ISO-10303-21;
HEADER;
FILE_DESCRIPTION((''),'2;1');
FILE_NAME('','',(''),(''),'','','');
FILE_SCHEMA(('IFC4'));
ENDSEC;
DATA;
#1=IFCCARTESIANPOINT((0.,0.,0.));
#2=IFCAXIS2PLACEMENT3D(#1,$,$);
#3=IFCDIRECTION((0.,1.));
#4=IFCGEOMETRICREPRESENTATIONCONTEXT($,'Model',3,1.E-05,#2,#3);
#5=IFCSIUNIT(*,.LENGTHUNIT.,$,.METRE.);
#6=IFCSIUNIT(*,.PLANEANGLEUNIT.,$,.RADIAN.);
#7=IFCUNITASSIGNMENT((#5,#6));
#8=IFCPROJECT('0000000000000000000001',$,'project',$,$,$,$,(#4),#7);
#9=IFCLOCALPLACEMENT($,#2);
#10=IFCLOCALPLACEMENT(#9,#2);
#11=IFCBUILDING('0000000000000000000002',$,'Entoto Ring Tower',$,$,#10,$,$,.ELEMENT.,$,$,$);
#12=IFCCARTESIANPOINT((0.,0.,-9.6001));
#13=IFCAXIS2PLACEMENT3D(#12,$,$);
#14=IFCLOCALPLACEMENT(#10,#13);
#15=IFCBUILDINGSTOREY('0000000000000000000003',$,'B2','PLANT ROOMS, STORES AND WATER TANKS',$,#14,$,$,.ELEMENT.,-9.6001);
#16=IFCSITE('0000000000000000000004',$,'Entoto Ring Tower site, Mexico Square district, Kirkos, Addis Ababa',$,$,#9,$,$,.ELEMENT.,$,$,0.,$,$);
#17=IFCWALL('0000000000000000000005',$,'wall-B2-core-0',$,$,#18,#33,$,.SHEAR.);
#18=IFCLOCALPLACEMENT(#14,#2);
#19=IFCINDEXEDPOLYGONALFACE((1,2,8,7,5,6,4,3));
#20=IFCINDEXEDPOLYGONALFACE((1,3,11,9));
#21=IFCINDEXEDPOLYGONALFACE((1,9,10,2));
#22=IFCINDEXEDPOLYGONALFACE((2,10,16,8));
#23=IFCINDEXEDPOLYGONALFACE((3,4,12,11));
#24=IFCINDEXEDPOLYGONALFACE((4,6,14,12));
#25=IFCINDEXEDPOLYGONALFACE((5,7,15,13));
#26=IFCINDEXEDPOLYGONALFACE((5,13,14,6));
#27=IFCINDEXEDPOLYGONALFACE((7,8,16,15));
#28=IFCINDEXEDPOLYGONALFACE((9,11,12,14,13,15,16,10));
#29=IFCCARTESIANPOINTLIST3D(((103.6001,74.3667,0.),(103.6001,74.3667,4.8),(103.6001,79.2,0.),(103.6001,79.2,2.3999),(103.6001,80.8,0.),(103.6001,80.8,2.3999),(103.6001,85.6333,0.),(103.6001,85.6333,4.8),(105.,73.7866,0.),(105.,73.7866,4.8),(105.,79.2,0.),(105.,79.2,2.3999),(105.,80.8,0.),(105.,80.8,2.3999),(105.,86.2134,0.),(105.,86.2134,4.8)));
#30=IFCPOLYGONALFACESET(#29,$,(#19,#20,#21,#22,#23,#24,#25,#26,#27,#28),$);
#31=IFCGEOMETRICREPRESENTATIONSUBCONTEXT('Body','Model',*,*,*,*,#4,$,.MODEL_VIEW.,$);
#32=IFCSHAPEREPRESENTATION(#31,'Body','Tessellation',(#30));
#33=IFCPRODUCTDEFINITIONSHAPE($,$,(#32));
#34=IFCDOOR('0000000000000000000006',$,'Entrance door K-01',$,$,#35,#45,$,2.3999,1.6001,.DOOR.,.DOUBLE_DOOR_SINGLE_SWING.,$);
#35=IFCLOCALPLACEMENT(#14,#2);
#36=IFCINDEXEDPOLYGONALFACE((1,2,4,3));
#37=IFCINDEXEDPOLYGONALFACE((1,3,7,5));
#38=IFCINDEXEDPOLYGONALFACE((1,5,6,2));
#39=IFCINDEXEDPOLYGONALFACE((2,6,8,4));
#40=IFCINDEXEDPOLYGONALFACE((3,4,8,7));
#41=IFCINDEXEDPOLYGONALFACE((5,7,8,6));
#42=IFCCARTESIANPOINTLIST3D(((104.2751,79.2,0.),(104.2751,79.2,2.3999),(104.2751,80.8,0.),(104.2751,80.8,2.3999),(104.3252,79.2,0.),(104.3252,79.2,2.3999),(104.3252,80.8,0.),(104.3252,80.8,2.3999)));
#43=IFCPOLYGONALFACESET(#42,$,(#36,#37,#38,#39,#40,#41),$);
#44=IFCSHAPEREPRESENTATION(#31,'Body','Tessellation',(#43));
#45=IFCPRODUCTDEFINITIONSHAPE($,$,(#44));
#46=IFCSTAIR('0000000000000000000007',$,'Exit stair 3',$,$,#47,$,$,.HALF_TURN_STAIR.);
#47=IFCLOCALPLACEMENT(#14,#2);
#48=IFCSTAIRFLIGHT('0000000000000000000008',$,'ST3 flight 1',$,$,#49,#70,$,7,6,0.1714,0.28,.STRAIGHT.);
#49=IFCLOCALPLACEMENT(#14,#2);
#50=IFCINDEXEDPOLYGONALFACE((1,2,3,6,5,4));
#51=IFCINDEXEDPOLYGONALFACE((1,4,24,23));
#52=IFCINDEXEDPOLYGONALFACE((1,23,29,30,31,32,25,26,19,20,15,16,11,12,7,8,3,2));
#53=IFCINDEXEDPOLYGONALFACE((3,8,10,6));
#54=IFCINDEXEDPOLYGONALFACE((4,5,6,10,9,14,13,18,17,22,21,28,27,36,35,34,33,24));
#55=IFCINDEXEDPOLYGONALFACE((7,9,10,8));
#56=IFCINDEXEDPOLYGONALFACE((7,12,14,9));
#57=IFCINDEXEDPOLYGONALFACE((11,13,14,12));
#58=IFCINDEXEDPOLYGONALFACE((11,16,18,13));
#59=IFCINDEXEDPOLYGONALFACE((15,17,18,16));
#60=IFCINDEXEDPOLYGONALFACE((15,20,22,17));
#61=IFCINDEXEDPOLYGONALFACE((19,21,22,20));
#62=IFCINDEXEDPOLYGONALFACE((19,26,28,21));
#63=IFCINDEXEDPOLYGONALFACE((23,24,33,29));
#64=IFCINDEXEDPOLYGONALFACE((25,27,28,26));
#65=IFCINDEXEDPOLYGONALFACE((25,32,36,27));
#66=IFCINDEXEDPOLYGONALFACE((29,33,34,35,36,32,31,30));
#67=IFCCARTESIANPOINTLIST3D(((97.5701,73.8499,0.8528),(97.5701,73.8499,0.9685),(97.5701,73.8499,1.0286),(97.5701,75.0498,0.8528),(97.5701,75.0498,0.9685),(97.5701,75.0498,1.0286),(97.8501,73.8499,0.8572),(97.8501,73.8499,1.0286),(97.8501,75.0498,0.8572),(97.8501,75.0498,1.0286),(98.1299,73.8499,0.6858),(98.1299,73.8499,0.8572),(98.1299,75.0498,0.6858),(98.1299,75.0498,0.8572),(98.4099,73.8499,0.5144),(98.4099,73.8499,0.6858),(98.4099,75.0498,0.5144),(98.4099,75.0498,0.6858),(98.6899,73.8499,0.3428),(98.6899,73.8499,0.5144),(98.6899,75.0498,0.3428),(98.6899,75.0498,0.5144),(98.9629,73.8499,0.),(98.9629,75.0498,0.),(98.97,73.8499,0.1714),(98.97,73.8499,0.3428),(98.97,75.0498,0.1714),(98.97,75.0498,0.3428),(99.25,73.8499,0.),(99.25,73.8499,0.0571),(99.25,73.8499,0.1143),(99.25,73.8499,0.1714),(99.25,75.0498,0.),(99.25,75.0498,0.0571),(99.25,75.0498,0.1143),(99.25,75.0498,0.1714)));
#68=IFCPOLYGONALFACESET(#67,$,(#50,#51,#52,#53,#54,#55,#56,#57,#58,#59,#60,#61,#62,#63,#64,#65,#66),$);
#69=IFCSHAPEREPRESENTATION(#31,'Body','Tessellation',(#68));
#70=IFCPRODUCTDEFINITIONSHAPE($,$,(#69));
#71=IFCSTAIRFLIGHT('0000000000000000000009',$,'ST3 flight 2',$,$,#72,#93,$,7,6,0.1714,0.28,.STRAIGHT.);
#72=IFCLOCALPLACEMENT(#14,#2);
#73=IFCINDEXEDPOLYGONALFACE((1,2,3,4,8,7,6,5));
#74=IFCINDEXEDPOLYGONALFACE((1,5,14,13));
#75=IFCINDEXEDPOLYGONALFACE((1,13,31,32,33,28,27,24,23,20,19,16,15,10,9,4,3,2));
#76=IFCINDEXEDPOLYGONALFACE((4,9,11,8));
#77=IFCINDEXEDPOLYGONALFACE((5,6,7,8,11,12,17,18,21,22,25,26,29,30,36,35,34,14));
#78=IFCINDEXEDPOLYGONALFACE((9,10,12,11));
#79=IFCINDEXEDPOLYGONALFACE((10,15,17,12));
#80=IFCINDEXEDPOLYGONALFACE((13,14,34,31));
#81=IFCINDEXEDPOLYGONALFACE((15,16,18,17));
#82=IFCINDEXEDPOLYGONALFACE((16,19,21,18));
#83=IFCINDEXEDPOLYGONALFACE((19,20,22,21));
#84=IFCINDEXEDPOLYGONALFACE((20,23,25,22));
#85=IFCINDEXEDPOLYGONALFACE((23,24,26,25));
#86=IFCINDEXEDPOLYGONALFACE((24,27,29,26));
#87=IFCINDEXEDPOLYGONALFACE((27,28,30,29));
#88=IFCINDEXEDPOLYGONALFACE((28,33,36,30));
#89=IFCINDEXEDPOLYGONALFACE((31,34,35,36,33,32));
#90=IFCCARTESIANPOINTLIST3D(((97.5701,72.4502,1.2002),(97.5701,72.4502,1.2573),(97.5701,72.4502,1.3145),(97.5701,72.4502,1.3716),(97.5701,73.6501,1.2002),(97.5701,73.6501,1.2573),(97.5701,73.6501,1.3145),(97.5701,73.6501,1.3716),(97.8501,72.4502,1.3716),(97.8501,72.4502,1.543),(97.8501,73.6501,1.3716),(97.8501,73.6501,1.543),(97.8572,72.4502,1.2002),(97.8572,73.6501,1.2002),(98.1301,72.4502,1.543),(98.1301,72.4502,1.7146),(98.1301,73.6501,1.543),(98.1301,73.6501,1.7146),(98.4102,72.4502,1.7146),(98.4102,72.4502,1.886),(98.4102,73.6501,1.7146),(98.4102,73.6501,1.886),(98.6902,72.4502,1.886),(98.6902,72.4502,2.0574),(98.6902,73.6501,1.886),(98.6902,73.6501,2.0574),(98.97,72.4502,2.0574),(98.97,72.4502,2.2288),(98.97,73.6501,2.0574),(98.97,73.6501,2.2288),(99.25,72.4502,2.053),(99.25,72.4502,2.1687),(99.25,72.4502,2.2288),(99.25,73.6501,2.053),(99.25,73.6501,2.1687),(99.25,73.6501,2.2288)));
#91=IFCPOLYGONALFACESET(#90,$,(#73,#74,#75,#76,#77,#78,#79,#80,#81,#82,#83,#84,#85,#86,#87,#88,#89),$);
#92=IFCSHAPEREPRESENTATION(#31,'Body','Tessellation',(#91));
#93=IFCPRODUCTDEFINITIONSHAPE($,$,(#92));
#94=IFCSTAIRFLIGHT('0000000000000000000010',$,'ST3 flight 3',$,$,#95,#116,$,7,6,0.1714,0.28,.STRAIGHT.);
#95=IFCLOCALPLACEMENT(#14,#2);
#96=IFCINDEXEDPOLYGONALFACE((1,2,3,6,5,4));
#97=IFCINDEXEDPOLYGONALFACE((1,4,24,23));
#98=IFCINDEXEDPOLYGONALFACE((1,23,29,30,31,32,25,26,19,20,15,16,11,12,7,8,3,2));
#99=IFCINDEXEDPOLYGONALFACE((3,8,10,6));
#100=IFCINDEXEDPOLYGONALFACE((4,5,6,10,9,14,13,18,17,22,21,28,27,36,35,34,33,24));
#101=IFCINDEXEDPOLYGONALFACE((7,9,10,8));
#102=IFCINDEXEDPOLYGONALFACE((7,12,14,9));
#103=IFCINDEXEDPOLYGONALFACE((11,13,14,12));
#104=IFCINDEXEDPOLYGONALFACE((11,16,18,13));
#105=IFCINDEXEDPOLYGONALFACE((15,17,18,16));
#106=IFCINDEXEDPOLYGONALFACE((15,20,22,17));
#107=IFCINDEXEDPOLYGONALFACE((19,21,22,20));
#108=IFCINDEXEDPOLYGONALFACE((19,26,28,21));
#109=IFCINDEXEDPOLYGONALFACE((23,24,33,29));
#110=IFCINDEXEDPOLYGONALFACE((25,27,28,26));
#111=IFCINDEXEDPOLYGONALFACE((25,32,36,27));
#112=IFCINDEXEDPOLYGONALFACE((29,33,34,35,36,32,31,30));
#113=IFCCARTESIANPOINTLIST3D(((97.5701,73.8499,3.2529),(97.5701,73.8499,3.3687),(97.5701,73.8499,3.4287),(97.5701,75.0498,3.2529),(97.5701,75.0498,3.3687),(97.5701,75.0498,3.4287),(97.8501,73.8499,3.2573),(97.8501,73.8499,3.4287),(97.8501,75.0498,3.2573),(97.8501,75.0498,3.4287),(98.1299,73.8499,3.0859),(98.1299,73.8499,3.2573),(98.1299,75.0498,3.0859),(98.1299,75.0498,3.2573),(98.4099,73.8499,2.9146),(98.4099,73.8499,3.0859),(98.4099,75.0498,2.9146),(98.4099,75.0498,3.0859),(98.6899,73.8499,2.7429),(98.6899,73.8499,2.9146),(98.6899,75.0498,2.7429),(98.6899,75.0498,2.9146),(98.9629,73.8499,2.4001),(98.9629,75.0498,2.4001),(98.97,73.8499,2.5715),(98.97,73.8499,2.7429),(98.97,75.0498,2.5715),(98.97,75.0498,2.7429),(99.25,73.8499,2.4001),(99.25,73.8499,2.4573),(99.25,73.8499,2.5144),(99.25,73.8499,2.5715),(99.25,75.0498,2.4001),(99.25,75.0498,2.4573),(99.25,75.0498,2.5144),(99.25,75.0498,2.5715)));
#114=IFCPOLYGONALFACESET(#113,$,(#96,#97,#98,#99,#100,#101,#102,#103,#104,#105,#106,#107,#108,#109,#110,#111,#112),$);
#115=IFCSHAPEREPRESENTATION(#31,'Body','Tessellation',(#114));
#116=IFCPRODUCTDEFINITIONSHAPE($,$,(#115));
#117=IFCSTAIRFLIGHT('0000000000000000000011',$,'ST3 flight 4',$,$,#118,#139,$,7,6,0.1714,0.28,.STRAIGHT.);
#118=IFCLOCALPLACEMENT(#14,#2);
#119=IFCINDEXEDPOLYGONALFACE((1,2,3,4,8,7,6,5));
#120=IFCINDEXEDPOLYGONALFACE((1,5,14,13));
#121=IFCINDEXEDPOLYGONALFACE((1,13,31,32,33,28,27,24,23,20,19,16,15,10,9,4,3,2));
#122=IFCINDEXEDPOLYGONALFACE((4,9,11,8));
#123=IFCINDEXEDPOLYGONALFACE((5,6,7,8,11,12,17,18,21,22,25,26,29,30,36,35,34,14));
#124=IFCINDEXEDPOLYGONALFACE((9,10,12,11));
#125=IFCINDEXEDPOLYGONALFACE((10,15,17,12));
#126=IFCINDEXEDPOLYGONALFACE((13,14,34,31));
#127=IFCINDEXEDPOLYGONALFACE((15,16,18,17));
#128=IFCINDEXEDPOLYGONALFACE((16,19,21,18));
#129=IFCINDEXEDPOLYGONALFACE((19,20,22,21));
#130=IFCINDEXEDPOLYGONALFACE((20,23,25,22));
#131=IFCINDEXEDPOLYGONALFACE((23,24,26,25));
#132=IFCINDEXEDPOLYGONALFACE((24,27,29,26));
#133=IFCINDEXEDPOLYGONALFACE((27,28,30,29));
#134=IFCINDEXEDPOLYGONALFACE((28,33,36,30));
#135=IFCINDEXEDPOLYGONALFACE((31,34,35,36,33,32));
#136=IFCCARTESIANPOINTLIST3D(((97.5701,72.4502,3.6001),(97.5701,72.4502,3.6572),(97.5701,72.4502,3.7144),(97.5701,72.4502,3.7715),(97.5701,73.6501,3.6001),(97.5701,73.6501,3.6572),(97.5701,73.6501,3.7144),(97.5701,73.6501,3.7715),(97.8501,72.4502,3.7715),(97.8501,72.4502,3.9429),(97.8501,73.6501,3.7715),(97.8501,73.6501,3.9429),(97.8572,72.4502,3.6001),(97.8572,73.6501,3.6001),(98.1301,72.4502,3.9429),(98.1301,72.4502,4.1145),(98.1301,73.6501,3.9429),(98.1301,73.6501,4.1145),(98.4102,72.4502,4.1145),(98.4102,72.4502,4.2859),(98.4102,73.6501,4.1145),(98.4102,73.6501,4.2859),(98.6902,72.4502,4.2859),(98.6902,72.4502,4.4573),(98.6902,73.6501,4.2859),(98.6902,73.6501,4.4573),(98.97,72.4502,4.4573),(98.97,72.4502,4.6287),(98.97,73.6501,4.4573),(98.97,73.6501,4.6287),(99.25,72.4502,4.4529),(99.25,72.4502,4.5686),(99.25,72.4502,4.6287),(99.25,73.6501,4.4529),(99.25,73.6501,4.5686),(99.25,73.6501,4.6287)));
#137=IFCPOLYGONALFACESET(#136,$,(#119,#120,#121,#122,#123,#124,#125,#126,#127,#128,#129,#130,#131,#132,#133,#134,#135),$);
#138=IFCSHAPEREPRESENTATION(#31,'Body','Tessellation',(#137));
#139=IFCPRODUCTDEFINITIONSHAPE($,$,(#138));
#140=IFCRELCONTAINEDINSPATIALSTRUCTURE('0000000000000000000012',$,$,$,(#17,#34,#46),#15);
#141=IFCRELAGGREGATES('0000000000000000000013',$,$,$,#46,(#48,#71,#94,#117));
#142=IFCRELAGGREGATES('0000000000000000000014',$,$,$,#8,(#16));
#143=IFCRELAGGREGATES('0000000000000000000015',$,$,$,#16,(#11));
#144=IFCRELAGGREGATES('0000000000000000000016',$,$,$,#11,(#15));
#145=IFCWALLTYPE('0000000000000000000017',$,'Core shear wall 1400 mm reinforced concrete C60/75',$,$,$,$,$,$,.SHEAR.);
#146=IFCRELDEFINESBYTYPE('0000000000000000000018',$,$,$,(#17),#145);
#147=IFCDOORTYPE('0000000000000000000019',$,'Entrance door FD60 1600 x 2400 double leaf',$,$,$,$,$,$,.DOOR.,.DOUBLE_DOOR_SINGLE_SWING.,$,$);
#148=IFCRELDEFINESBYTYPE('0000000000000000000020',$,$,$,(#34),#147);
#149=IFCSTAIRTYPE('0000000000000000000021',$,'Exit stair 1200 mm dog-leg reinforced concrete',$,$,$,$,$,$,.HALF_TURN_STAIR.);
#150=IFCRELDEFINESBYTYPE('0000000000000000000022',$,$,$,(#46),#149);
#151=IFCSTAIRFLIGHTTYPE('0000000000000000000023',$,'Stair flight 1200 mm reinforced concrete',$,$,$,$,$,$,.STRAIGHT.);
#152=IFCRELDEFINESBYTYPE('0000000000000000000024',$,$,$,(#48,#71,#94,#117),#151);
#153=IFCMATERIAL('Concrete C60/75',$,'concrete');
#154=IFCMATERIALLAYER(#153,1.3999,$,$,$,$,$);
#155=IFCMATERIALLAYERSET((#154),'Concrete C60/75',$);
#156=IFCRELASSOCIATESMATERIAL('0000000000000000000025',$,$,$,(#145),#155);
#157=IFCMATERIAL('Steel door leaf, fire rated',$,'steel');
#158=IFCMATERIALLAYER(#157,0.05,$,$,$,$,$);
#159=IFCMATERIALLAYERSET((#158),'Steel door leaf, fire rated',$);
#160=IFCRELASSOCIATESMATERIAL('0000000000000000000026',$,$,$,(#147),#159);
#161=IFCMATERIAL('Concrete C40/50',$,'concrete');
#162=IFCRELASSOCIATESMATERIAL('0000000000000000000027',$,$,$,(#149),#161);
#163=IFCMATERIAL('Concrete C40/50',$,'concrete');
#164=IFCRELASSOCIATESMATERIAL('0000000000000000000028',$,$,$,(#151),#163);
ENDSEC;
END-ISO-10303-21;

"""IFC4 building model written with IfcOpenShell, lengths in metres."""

from ifc_helpers import new_model, si_unit, direction, frame, frame_2d, origin, place, context, subcontext, project, spatial, polyline, rectangle, outline, extrude, material, layer, layer_set, type_object, element, fill, aggregate, save


model = new_model("IFC4")

# Units and contexts
model_context = context("Model", 3, precision=1e-05, world=origin(), true_north=direction((0.0, 1.0)))
body_context = subcontext(model_context, "Body", "Model", "MODEL_VIEW")
ifc_project = project(units=[si_unit("LENGTHUNIT", "METRE"), si_unit("PLANEANGLEUNIT", "RADIAN")], contexts=[model_context])

# Site, building, storey
site_placement = place(None, origin())
site = spatial("IfcSite", under=ifc_project, at=site_placement, Name="Entoto Ring Tower site, Mexico Square district, Kirkos, Addis Ababa", CompositionType="ELEMENT", RefElevation=0.0)
building_placement = place(site_placement, origin())
building = spatial("IfcBuilding", under=site, at=building_placement, Name="Entoto Ring Tower", CompositionType="ELEMENT")
storey_placement = place(building_placement, frame((0.0, 0.0, -9.6001)))
storey = spatial("IfcBuildingStorey", under=building, at=storey_placement, Name="B2", Description="PLANT ROOMS, STORES AND WATER TANKS", CompositionType="ELEMENT", Elevation=-9.6001)

# Wall, opening, door
ifc_material_1 = material(Name="Concrete C60/75", Category="concrete")
ifc_layer_1 = layer(ifc_material_1, 1.3999)
ifc_layer_set_1 = layer_set([ifc_layer_1], Name="Concrete C60/75")
wall_type_1 = type_object("IfcWallType", Name="Core shear wall 1400 mm reinforced concrete C60/75", PredefinedType="SHEAR", material=ifc_layer_set_1)
wall_1_placement = place(storey_placement, frame((104.3, 74.0767, 0.0), z_axis=(0.0, 0.0, 1.0), x_axis=(0.0, 1.0, 0.0)))
wall_1 = element("IfcWall", 1, at=wall_1_placement, inside=storey, type_object=wall_type_1, Name="wall-B2-core-0", PredefinedType="SHEAR", context=body_context, shape_type="SweptSolid", body=[
    extrude(outline(polyline([(-0.29, -0.7), (12.1367, -0.7), (11.5566, 0.7), (0.29, 0.7), (-0.29, -0.7)])), origin(), (0.0, 0.0, 1.0), 4.8),
])
opening_1_placement = place(wall_1_placement, frame((5.1233, 0.0, 0.0)))
opening_1 = element("IfcOpeningElement", 2, at=opening_1_placement, cuts=wall_1, PredefinedType="OPENING", context=body_context, shape_type="SweptSolid", body=[
    extrude(rectangle(XDim=1.6001, YDim=2.3999, at=frame_2d((0.8, 1.2))), frame((0.0, 0.71, 0.0), z_axis=(0.0, -1.0, 0.0), x_axis=(1.0, 0.0, 0.0)), (0.0, 0.0, 1.0), 1.4199),
])
ifc_material_2 = material(Name="Steel door leaf, fire rated", Category="steel")
ifc_layer_2 = layer(ifc_material_2, 0.05)
ifc_layer_set_2 = layer_set([ifc_layer_2], Name="Steel door leaf, fire rated")
door_type_1 = type_object("IfcDoorType", Name="Entrance door FD60 1600 x 2400 double leaf", OperationType="DOUBLE_DOOR_SINGLE_SWING", PredefinedType="DOOR", material=ifc_layer_set_2)
door_1_placement = place(opening_1_placement, origin())
door_1 = element("IfcDoor", 3, at=door_1_placement, inside=storey, type_object=door_type_1, Name="Entrance door K-01", OperationType="DOUBLE_DOOR_SINGLE_SWING", OverallHeight=2.3999, OverallWidth=1.6001, PredefinedType="DOOR", context=body_context, shape_type="SweptSolid", body=[
    extrude(rectangle(XDim=1.6001, YDim=2.3999, at=frame_2d((0.8, 1.2))), frame((0.0, 0.0249, 0.0), z_axis=(0.0, -1.0, 0.0), x_axis=(1.0, 0.0, 0.0)), (0.0, 0.0, 1.0), 0.05),
])
fill(opening_1, door_1)

# Stair, stair flights
ifc_material_3 = material(Name="Concrete C40/50", Category="concrete")
stair_type = type_object("IfcStairType", Name="Exit stair 1200 mm dog-leg reinforced concrete", PredefinedType="HALF_TURN_STAIR", material=ifc_material_3)
stair_placement = place(storey_placement, origin())
stair = element("IfcStair", 4, at=stair_placement, inside=storey, type_object=stair_type, Name="Exit stair 3", PredefinedType="HALF_TURN_STAIR")
ifc_material_4 = material(Name="Concrete C40/50", Category="concrete")
stair_flight_type = type_object("IfcStairFlightType", Name="Stair flight 1200 mm reinforced concrete", PredefinedType="STRAIGHT", material=ifc_material_4)
stair_flight_1_placement = place(storey_placement, frame((99.25, 74.45, 0.0), z_axis=(0.0, 0.0, 1.0), x_axis=(-1.0, 0.0, 0.0)))
stair_flight_1 = element("IfcStairFlight", 5, at=stair_flight_1_placement, type_object=stair_flight_type, Name="ST3 flight 1", NumberOfRisers=7, NumberOfTreads=6, PredefinedType="STRAIGHT", RiserHeight=0.1714, TreadLength=0.28, context=body_context, shape_type="SweptSolid", body=[
    extrude(outline(polyline([(0.0, 0.0), (0.0, 0.0571), (0.0, 0.1143), (0.0, 0.1714), (0.28, 0.1714), (0.28, 0.3428), (0.5601, 0.3428), (0.5601, 0.5144), (0.8401, 0.5144), (0.8401, 0.6858), (1.1201, 0.6858), (1.1201, 0.8572), (1.3999, 0.8572), (1.3999, 1.0286), (1.6799, 1.0286), (1.6799, 1.2), (1.6799, 1.0842), (1.6799, 0.9685), (1.6799, 0.8528), (0.2871, 0.0), (0.0, 0.0)])), frame((0.0, 0.6001, 0.0), z_axis=(0.0, -1.0, 0.0), x_axis=(1.0, 0.0, 0.0)), (0.0, 0.0, 1.0), 1.2),
])
stair_flight_2_placement = place(storey_placement, frame((97.5701, 73.05, 1.2002), z_axis=(0.0, 0.0, 1.0), x_axis=(1.0, 0.0, 0.0)))
stair_flight_2 = element("IfcStairFlight", 6, at=stair_flight_2_placement, type_object=stair_flight_type, Name="ST3 flight 2", NumberOfRisers=7, NumberOfTreads=6, PredefinedType="STRAIGHT", RiserHeight=0.1714, TreadLength=0.28, context=body_context, shape_type="SweptSolid", body=[
    extrude(outline(polyline([(0.0, 0.0), (0.0, 0.0571), (0.0, 0.1143), (0.0, 0.1714), (0.28, 0.1714), (0.28, 0.3428), (0.5601, 0.3428), (0.5601, 0.5144), (0.8401, 0.5144), (0.8401, 0.6858), (1.1201, 0.6858), (1.1201, 0.8572), (1.3999, 0.8572), (1.3999, 1.0286), (1.6799, 1.0286), (1.6799, 1.2), (1.6799, 1.0842), (1.6799, 0.9685), (1.6799, 0.8528), (0.2871, 0.0), (0.0, 0.0)])), frame((0.0, 0.6001, 0.0), z_axis=(0.0, -1.0, 0.0), x_axis=(1.0, 0.0, 0.0)), (0.0, 0.0, 1.0), 1.2),
])
stair_flight_3_placement = place(storey_placement, frame((99.25, 74.45, 2.4001), z_axis=(0.0, 0.0, 1.0), x_axis=(-1.0, 0.0, 0.0)))
stair_flight_3 = element("IfcStairFlight", 7, at=stair_flight_3_placement, type_object=stair_flight_type, Name="ST3 flight 3", NumberOfRisers=7, NumberOfTreads=6, PredefinedType="STRAIGHT", RiserHeight=0.1714, TreadLength=0.28, context=body_context, shape_type="SweptSolid", body=[
    extrude(outline(polyline([(0.0, 0.0), (0.0, 0.0571), (0.0, 0.1143), (0.0, 0.1714), (0.28, 0.1714), (0.28, 0.3428), (0.5601, 0.3428), (0.5601, 0.5144), (0.8401, 0.5144), (0.8401, 0.6858), (1.1201, 0.6858), (1.1201, 0.8572), (1.3999, 0.8572), (1.3999, 1.0286), (1.6799, 1.0286), (1.6799, 1.2), (1.6799, 1.0842), (1.6799, 0.9685), (1.6799, 0.8528), (0.2871, 0.0), (0.0, 0.0)])), frame((0.0, 0.6001, 0.0), z_axis=(0.0, -1.0, 0.0), x_axis=(1.0, 0.0, 0.0)), (0.0, 0.0, 1.0), 1.2),
])
stair_flight_4_placement = place(storey_placement, frame((97.5701, 73.05, 3.6001), z_axis=(0.0, 0.0, 1.0), x_axis=(1.0, 0.0, 0.0)))
stair_flight_4 = element("IfcStairFlight", 8, at=stair_flight_4_placement, type_object=stair_flight_type, Name="ST3 flight 4", NumberOfRisers=7, NumberOfTreads=6, PredefinedType="STRAIGHT", RiserHeight=0.1714, TreadLength=0.28, context=body_context, shape_type="SweptSolid", body=[
    extrude(outline(polyline([(0.0, 0.0), (0.0, 0.0571), (0.0, 0.1143), (0.0, 0.1714), (0.28, 0.1714), (0.28, 0.3428), (0.5601, 0.3428), (0.5601, 0.5144), (0.8401, 0.5144), (0.8401, 0.6858), (1.1201, 0.6858), (1.1201, 0.8572), (1.3999, 0.8572), (1.3999, 1.0286), (1.6799, 1.0286), (1.6799, 1.2), (1.6799, 1.0842), (1.6799, 0.9685), (1.6799, 0.8528), (0.2871, 0.0), (0.0, 0.0)])), frame((0.0, 0.6001, 0.0), z_axis=(0.0, -1.0, 0.0), x_axis=(1.0, 0.0, 0.0)), (0.0, 0.0, 1.0), 1.2),
])
aggregate(stair, [stair_flight_1, stair_flight_2, stair_flight_3, stair_flight_4])

save(model, "model.ifc")
